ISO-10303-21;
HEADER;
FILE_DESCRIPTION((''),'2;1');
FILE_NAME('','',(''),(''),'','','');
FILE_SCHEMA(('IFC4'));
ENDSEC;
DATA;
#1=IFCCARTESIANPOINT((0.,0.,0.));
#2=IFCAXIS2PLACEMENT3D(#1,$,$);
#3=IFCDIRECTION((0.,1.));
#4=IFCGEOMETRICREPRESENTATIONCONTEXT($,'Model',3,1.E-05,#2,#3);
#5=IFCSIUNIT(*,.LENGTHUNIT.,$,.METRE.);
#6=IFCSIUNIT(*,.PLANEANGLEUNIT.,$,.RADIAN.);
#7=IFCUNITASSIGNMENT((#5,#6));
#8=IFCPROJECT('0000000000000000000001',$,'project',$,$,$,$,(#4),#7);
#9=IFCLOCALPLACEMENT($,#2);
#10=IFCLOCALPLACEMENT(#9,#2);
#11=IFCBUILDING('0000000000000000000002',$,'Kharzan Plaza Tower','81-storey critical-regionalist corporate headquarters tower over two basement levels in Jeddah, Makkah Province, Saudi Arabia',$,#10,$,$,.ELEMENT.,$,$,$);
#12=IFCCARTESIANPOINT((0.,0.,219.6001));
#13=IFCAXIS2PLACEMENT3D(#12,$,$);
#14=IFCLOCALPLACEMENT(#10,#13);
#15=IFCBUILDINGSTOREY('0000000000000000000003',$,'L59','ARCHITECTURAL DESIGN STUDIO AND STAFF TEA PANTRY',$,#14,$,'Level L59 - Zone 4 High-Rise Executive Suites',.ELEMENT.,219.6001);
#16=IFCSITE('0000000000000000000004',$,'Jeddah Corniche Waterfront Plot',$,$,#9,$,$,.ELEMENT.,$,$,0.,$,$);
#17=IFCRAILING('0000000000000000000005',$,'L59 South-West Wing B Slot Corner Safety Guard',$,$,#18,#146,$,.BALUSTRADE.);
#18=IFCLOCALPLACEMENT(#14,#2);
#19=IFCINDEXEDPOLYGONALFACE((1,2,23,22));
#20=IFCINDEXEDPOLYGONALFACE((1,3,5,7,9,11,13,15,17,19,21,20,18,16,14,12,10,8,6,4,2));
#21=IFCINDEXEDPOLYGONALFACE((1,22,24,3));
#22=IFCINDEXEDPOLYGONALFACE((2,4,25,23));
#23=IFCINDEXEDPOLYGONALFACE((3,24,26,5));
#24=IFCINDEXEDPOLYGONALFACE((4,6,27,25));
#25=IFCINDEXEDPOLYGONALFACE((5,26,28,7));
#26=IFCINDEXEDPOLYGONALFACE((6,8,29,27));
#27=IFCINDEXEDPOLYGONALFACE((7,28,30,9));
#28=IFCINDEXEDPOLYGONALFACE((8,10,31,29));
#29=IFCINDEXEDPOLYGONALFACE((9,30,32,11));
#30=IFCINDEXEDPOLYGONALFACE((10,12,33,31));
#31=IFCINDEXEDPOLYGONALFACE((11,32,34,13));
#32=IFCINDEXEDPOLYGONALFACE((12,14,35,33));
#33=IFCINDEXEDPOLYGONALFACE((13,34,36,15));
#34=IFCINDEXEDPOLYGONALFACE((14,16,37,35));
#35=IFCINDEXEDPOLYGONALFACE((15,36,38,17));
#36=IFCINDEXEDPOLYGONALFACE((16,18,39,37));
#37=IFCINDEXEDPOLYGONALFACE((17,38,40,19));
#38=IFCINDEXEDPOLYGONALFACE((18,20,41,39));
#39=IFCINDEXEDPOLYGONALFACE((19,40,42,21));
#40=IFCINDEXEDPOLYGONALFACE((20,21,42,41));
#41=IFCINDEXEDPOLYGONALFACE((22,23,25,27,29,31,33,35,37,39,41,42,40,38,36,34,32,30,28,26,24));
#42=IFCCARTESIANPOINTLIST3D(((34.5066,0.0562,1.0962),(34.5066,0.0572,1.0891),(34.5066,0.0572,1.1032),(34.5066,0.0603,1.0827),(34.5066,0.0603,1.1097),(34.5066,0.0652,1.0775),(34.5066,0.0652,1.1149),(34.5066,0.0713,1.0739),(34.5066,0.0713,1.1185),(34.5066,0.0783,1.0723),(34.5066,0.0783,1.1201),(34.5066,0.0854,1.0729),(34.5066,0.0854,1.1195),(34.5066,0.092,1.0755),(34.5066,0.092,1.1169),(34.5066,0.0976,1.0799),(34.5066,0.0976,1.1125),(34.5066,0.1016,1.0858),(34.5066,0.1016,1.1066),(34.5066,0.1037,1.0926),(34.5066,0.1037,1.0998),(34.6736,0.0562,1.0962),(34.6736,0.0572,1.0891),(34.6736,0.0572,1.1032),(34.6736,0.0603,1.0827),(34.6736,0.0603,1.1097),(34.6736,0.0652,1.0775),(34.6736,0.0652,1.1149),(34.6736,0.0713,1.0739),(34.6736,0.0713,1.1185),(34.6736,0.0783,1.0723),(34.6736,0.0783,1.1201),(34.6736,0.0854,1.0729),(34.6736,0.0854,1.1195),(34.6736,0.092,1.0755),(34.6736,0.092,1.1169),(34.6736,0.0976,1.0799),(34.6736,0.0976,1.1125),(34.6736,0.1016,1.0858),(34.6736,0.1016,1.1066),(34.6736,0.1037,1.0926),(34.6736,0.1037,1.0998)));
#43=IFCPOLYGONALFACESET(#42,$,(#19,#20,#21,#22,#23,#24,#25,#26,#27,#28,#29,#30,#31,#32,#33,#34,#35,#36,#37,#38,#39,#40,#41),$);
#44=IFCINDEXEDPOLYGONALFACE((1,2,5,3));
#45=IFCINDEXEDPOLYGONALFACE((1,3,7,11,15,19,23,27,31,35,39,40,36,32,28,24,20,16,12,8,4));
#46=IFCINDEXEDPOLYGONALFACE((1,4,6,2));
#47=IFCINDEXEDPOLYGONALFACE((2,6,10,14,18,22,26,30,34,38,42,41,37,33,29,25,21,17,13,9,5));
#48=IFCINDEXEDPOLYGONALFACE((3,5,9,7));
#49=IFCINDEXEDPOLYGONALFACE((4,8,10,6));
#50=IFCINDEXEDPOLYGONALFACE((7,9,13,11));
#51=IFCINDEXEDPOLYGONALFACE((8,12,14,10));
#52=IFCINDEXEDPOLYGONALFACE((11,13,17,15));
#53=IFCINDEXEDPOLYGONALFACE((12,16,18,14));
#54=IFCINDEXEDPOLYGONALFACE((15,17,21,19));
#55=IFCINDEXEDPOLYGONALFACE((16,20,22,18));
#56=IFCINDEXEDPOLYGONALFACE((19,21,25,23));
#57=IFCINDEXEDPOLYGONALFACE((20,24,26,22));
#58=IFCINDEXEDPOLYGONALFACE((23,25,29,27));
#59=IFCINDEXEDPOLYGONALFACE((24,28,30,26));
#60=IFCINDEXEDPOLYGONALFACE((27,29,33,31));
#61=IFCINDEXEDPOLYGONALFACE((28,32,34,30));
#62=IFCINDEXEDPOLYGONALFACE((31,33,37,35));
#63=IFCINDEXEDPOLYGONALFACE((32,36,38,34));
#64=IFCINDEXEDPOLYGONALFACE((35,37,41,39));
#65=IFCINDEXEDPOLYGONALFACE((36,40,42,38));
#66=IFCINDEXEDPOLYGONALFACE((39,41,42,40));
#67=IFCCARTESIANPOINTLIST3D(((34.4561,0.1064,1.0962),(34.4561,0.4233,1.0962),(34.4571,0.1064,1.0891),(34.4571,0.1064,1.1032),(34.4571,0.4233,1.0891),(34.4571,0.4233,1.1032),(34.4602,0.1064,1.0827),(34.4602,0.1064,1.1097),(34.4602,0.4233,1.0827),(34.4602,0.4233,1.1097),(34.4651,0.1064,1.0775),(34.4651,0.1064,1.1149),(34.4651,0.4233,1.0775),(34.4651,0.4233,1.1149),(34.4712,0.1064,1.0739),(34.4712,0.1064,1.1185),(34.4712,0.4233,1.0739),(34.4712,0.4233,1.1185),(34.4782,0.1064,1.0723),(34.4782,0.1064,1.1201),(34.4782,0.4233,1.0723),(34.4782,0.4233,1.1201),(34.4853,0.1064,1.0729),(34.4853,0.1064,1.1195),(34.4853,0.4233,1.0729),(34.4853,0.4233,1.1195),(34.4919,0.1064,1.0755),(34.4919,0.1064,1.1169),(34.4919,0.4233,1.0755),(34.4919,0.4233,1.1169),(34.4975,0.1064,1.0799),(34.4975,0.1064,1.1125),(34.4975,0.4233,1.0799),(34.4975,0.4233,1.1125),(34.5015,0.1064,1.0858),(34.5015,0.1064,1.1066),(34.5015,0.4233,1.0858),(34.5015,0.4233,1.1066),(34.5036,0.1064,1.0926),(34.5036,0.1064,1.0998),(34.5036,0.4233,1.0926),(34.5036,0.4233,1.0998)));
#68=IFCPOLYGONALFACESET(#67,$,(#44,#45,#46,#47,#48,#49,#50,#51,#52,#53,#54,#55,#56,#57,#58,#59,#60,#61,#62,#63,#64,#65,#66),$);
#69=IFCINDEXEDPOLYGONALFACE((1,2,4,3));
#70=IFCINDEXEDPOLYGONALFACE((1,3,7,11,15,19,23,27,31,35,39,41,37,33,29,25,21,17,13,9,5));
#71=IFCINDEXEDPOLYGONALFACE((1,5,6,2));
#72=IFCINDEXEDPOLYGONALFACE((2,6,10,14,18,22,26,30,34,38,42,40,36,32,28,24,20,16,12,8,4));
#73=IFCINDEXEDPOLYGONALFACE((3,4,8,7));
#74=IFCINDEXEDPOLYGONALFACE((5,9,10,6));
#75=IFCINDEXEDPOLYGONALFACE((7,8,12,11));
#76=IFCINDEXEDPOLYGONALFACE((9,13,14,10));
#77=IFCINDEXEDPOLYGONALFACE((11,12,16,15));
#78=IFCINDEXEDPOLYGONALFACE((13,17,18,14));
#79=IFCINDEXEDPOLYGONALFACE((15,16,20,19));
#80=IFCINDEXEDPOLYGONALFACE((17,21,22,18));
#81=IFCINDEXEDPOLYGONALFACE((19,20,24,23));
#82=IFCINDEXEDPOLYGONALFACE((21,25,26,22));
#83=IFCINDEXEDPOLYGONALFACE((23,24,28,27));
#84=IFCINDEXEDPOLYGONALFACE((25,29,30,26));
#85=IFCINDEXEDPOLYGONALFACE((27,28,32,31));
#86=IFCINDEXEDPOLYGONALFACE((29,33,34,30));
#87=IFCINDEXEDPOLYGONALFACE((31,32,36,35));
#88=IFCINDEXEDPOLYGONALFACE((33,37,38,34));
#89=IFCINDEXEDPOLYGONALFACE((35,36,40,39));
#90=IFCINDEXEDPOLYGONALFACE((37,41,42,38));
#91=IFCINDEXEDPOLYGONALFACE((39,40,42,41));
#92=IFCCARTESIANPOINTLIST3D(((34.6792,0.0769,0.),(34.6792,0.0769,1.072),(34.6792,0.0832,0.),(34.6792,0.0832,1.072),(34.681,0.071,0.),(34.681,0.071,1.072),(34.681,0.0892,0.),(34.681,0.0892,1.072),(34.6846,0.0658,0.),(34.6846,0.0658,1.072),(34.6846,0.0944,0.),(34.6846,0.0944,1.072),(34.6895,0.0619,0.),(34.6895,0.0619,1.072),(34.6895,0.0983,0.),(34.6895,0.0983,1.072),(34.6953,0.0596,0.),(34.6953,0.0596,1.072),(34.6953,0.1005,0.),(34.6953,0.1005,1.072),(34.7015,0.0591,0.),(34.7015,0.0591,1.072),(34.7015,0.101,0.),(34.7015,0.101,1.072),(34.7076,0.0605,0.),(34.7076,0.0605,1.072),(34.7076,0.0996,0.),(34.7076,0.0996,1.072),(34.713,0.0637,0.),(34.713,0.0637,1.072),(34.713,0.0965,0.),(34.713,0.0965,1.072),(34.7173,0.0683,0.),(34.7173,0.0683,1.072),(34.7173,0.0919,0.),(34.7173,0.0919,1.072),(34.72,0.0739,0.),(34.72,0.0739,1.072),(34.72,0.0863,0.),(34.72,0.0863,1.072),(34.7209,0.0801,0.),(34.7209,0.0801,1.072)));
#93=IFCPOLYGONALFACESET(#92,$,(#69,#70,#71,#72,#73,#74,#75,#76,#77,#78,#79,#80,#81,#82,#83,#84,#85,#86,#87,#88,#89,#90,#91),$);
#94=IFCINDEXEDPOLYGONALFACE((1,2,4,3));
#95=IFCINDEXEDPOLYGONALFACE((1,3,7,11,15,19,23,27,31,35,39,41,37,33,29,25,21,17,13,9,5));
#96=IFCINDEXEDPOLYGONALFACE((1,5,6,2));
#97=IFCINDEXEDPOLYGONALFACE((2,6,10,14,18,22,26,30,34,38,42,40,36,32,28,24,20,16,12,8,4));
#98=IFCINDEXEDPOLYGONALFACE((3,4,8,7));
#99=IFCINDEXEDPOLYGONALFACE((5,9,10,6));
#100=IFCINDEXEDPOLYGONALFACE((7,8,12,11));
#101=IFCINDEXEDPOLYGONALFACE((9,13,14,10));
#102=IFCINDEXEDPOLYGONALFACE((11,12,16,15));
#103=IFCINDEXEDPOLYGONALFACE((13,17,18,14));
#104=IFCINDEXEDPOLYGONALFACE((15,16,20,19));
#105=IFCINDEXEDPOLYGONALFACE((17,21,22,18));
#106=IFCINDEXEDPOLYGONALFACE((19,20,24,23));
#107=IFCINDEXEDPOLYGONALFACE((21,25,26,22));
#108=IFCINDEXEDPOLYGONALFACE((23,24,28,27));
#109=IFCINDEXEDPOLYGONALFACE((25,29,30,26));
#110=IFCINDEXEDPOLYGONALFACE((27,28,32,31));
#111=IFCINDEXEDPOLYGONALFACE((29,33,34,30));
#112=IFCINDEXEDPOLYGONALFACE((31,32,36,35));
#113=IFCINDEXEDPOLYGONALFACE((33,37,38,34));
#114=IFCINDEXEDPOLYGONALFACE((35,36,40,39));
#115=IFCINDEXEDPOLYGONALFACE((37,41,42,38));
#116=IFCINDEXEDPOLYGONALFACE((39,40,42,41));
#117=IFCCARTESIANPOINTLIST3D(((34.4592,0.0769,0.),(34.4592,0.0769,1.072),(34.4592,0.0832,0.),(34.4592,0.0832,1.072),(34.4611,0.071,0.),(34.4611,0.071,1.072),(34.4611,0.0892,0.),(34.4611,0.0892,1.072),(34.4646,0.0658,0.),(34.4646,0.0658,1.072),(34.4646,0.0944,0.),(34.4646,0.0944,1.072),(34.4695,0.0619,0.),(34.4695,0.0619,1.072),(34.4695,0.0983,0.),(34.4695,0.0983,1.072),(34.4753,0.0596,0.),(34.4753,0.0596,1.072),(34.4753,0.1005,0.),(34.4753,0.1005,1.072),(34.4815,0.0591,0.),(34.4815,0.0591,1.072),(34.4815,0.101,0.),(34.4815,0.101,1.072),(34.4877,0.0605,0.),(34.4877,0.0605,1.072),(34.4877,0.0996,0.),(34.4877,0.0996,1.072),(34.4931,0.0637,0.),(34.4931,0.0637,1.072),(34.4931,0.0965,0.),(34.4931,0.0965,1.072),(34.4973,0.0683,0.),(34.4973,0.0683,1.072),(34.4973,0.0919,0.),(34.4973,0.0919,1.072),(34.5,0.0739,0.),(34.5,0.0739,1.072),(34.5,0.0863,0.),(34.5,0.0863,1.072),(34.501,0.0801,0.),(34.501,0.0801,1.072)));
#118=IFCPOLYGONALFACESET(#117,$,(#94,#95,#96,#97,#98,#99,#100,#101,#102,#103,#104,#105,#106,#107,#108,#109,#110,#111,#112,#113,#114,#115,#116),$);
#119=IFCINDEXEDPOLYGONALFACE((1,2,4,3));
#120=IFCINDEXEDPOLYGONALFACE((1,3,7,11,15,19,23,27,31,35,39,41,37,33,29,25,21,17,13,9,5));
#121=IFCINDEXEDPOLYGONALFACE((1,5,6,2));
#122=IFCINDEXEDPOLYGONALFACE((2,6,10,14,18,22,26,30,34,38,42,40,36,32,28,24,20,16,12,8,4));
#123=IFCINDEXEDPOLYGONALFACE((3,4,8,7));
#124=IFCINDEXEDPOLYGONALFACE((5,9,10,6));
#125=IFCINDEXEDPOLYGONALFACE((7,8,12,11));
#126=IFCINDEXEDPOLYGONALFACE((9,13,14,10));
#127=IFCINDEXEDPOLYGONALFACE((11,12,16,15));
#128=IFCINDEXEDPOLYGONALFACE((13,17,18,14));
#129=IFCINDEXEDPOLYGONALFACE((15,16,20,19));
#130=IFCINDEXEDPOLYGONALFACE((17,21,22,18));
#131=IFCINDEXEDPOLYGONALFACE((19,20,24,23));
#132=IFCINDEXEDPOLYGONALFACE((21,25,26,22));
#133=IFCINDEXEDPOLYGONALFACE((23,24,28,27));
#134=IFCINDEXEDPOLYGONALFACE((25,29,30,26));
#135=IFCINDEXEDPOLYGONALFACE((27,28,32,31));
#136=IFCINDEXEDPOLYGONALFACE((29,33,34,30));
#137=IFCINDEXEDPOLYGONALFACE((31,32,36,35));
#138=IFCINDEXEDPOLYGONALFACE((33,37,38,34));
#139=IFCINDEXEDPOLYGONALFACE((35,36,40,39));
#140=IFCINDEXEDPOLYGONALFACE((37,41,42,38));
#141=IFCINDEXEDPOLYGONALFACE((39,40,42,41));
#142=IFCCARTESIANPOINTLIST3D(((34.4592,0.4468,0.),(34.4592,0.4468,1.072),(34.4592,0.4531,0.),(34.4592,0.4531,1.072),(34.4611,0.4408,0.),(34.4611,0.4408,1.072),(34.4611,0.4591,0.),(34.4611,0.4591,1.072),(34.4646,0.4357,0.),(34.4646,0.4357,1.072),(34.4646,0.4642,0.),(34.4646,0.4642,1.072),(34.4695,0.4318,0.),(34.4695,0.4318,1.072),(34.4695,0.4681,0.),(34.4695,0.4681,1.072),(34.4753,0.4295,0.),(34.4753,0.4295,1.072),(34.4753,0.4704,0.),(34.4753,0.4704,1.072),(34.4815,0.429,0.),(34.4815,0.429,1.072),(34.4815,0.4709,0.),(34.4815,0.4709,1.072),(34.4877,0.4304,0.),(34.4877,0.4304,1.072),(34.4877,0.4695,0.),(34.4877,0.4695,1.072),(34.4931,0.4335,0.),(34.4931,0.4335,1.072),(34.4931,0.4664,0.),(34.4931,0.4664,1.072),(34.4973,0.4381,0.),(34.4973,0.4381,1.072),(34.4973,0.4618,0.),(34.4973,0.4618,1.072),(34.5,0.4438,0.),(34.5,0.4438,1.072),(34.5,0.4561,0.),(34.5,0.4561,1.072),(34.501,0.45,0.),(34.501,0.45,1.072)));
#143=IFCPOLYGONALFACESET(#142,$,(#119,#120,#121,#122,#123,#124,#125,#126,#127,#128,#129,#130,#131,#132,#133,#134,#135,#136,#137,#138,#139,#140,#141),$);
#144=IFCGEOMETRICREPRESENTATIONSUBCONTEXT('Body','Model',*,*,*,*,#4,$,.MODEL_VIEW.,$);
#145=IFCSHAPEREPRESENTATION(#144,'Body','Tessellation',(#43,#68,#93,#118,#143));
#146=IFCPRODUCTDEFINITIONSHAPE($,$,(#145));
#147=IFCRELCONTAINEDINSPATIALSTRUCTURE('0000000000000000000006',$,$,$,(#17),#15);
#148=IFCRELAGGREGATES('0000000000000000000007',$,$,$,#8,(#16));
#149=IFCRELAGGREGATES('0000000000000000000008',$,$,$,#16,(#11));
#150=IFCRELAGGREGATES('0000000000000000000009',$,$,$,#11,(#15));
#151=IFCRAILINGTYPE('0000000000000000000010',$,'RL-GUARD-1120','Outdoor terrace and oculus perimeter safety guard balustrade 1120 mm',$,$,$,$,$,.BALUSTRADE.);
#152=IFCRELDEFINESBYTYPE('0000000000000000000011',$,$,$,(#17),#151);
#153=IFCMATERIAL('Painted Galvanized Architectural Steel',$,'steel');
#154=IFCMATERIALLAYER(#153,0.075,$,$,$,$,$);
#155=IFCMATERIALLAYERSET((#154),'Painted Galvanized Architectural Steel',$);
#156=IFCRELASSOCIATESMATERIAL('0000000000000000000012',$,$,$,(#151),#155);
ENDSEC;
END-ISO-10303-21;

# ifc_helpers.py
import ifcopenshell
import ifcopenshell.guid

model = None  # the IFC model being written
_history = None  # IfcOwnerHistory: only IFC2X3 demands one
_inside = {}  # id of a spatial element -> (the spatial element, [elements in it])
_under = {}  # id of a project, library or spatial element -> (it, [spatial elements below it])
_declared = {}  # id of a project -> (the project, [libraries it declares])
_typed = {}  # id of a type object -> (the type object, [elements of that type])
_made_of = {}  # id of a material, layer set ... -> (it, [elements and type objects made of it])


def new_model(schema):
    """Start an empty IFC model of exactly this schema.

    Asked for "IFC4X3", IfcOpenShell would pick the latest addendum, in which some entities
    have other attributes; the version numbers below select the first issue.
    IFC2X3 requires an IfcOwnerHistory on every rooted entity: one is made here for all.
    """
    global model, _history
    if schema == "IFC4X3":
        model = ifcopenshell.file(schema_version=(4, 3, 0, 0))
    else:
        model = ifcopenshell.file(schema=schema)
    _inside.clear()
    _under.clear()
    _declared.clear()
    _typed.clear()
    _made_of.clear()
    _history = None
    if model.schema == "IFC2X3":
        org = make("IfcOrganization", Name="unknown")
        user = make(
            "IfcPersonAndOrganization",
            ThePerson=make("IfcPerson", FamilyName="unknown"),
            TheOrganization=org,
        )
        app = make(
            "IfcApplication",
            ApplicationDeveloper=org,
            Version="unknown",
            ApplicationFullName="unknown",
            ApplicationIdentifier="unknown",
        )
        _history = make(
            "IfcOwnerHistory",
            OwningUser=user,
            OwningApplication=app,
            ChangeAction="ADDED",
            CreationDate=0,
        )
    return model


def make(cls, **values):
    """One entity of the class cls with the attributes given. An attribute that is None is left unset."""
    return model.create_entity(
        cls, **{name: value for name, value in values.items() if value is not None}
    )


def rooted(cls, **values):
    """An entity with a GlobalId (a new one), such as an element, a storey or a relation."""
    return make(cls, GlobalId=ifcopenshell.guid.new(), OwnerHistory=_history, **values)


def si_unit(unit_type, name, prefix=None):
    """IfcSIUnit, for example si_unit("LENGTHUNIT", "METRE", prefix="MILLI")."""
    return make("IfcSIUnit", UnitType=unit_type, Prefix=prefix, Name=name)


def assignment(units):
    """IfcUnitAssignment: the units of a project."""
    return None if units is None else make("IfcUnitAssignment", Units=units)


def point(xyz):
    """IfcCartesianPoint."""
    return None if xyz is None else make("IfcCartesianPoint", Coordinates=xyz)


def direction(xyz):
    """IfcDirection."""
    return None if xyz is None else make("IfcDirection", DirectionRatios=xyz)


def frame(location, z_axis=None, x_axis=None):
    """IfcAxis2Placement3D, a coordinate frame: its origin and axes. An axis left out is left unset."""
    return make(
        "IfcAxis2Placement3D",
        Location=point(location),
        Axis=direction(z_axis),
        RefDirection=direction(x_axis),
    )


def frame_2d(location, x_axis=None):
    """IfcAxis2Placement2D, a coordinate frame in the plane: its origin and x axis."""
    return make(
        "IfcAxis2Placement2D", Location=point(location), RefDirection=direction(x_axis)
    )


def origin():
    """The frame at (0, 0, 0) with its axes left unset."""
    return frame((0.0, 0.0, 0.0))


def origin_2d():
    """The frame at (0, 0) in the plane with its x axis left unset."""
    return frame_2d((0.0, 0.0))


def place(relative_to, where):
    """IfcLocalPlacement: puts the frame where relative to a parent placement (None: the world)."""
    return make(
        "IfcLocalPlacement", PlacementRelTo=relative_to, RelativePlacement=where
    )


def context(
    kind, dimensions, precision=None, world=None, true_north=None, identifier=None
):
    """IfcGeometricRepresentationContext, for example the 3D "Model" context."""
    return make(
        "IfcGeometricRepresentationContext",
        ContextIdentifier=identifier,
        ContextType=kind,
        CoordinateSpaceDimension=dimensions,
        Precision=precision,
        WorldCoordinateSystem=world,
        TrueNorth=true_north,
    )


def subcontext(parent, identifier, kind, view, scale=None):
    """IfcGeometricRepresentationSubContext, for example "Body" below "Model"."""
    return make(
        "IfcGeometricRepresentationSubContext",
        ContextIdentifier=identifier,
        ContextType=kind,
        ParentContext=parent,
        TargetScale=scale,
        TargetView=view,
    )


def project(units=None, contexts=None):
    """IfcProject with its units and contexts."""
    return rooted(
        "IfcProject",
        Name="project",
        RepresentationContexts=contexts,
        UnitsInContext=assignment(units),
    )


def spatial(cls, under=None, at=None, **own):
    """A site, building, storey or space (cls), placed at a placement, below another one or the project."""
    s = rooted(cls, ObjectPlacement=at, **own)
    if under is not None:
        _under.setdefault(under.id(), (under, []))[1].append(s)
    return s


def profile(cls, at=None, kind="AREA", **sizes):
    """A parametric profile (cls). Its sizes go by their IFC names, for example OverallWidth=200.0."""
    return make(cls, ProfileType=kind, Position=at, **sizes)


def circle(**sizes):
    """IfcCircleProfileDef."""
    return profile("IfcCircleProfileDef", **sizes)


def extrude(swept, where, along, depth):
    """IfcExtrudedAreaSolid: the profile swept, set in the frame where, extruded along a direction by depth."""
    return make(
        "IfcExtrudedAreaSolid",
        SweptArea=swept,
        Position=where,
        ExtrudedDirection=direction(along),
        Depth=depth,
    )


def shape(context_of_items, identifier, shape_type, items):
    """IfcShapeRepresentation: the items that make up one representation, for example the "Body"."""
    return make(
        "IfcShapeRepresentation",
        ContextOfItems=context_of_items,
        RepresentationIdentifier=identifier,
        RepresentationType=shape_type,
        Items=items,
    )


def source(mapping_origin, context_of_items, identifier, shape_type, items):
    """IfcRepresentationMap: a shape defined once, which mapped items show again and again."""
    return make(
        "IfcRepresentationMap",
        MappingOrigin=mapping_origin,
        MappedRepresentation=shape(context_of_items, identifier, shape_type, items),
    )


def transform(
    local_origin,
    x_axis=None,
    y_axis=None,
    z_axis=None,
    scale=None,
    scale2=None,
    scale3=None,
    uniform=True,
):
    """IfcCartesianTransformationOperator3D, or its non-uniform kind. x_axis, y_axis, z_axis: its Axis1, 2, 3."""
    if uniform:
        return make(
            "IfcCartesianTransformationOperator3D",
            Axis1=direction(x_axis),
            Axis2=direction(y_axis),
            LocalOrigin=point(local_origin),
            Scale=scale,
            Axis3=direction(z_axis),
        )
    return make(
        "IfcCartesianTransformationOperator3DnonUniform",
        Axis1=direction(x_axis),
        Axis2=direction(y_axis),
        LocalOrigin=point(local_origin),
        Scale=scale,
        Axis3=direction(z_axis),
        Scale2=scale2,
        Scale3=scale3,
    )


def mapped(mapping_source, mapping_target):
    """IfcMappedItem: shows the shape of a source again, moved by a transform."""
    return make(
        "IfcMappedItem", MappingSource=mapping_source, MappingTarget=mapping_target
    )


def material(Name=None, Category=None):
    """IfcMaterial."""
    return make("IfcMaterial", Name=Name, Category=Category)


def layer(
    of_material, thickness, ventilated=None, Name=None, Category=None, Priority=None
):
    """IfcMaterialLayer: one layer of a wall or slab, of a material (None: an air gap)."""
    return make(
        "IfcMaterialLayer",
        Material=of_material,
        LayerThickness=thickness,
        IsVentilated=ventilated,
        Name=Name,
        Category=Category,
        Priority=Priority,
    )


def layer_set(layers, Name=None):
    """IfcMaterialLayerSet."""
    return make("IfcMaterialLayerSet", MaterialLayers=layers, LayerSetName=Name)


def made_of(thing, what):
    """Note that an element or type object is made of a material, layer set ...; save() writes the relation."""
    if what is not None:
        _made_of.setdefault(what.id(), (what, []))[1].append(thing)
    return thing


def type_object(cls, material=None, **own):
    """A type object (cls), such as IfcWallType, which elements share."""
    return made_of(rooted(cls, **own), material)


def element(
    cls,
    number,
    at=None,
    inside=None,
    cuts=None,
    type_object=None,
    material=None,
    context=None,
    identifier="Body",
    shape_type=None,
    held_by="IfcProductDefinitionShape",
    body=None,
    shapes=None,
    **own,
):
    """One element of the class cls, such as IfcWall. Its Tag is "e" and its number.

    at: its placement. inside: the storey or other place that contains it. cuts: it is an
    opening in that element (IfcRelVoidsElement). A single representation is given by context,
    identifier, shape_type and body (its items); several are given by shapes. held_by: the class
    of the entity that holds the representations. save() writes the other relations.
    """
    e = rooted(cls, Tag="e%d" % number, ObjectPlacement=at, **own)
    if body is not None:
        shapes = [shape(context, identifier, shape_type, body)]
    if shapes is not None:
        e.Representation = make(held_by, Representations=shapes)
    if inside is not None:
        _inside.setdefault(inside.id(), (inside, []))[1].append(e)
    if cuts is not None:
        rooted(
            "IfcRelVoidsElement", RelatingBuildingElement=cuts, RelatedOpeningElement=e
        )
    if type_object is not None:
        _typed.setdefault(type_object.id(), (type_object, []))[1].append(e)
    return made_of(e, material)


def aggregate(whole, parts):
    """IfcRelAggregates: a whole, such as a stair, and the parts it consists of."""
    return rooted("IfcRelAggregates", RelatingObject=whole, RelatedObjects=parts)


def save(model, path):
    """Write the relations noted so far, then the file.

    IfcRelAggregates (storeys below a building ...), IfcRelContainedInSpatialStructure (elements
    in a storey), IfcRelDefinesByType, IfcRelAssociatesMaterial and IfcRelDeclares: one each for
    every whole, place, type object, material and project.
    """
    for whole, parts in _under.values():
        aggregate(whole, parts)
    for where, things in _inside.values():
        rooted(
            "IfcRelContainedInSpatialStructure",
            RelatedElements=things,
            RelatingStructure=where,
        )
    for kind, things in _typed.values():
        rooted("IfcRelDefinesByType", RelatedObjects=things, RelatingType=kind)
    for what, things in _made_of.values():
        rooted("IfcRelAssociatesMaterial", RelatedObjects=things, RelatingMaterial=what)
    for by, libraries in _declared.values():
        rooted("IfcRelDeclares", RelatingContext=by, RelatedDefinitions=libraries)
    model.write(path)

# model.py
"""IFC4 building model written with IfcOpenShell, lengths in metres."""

from ifc_helpers import new_model, si_unit, direction, frame, origin, origin_2d, place, context, subcontext, project, spatial, circle, extrude, source, transform, mapped, material, layer, layer_set, type_object, element, save


model = new_model("IFC4")

# Units and contexts
model_context = context("Model", 3, precision=1e-05, world=origin(), true_north=direction((0.0, 1.0)))
body_context = subcontext(model_context, "Body", "Model", "MODEL_VIEW")
ifc_project = project(units=[si_unit("LENGTHUNIT", "METRE"), si_unit("PLANEANGLEUNIT", "RADIAN")], contexts=[model_context])

# Site, building, storey
site_placement = place(None, origin())
site = spatial("IfcSite", under=ifc_project, at=site_placement, Name="Jeddah Corniche Waterfront Plot", CompositionType="ELEMENT", RefElevation=0.0)
building_placement = place(site_placement, origin())
building = spatial("IfcBuilding", under=site, at=building_placement, Name="Kharzan Plaza Tower", Description="81-storey critical-regionalist corporate headquarters tower over two basement levels in Jeddah, Makkah Province, Saudi Arabia", CompositionType="ELEMENT")
storey_placement = place(building_placement, frame((0.0, 0.0, 219.6001)))
storey = spatial("IfcBuildingStorey", under=building, at=storey_placement, Name="L59", Description="ARCHITECTURAL DESIGN STUDIO AND STAFF TEA PANTRY", LongName="Level L59 - Zone 4 High-Rise Executive Suites", CompositionType="ELEMENT", Elevation=219.6001)

# Railing
ifc_material_1 = material(Name="Painted Galvanized Architectural Steel", Category="steel")
ifc_layer_1 = layer(ifc_material_1, 0.075)
ifc_layer_set_1 = layer_set([ifc_layer_1], Name="Painted Galvanized Architectural Steel")
railing_type = type_object("IfcRailingType", Name="RL-GUARD-1120", Description="Outdoor terrace and oculus perimeter safety guard balustrade 1120 mm", PredefinedType="BALUSTRADE", material=ifc_layer_set_1)
shared_shape_1 = source(origin(), body_context, "Body", "SweptSolid", [
    extrude(circle(Radius=0.0239, at=origin_2d()), frame((-0.0264, 0.0, 1.0962), z_axis=(-1.0, 0.0, 0.0), x_axis=(0.0, -1.0, 0.0)), (0.0, 0.0, 1.0), 0.167),
    extrude(circle(Radius=0.0239, at=origin_2d()), frame((-0.22, 0.0264, 1.0962), z_axis=(0.0, 1.0, 0.0), x_axis=(-1.0, 0.0, 0.0)), (0.0, 0.0, 1.0), 0.3169),
    extrude(circle(Radius=0.021, at=origin_2d()), origin(), (0.0, 0.0, 1.0), 1.072),
    extrude(circle(Radius=0.021, at=origin_2d()), frame((-0.22, 0.0, 0.0)), (0.0, 0.0, 1.0), 1.072),
    extrude(circle(Radius=0.021, at=origin_2d()), frame((-0.22, 0.3699, 0.0)), (0.0, 0.0, 1.0), 1.072),
])
railing_1_placement = place(storey_placement, frame((34.7, 0.0801, 0.0)))
element("IfcRailing", 1, at=railing_1_placement, inside=storey, type_object=railing_type, Name="L59 South-West Wing B Slot Corner Safety Guard", PredefinedType="BALUSTRADE", context=body_context, shape_type="MappedRepresentation", body=[
    mapped(shared_shape_1, transform((0.0, 0.0, 0.0), x_axis=(1.0, 0.0, 0.0), y_axis=(0.0, 1.0, 0.0), z_axis=(0.0, 0.0, 1.0))),
])

save(model, "model.ifc")
